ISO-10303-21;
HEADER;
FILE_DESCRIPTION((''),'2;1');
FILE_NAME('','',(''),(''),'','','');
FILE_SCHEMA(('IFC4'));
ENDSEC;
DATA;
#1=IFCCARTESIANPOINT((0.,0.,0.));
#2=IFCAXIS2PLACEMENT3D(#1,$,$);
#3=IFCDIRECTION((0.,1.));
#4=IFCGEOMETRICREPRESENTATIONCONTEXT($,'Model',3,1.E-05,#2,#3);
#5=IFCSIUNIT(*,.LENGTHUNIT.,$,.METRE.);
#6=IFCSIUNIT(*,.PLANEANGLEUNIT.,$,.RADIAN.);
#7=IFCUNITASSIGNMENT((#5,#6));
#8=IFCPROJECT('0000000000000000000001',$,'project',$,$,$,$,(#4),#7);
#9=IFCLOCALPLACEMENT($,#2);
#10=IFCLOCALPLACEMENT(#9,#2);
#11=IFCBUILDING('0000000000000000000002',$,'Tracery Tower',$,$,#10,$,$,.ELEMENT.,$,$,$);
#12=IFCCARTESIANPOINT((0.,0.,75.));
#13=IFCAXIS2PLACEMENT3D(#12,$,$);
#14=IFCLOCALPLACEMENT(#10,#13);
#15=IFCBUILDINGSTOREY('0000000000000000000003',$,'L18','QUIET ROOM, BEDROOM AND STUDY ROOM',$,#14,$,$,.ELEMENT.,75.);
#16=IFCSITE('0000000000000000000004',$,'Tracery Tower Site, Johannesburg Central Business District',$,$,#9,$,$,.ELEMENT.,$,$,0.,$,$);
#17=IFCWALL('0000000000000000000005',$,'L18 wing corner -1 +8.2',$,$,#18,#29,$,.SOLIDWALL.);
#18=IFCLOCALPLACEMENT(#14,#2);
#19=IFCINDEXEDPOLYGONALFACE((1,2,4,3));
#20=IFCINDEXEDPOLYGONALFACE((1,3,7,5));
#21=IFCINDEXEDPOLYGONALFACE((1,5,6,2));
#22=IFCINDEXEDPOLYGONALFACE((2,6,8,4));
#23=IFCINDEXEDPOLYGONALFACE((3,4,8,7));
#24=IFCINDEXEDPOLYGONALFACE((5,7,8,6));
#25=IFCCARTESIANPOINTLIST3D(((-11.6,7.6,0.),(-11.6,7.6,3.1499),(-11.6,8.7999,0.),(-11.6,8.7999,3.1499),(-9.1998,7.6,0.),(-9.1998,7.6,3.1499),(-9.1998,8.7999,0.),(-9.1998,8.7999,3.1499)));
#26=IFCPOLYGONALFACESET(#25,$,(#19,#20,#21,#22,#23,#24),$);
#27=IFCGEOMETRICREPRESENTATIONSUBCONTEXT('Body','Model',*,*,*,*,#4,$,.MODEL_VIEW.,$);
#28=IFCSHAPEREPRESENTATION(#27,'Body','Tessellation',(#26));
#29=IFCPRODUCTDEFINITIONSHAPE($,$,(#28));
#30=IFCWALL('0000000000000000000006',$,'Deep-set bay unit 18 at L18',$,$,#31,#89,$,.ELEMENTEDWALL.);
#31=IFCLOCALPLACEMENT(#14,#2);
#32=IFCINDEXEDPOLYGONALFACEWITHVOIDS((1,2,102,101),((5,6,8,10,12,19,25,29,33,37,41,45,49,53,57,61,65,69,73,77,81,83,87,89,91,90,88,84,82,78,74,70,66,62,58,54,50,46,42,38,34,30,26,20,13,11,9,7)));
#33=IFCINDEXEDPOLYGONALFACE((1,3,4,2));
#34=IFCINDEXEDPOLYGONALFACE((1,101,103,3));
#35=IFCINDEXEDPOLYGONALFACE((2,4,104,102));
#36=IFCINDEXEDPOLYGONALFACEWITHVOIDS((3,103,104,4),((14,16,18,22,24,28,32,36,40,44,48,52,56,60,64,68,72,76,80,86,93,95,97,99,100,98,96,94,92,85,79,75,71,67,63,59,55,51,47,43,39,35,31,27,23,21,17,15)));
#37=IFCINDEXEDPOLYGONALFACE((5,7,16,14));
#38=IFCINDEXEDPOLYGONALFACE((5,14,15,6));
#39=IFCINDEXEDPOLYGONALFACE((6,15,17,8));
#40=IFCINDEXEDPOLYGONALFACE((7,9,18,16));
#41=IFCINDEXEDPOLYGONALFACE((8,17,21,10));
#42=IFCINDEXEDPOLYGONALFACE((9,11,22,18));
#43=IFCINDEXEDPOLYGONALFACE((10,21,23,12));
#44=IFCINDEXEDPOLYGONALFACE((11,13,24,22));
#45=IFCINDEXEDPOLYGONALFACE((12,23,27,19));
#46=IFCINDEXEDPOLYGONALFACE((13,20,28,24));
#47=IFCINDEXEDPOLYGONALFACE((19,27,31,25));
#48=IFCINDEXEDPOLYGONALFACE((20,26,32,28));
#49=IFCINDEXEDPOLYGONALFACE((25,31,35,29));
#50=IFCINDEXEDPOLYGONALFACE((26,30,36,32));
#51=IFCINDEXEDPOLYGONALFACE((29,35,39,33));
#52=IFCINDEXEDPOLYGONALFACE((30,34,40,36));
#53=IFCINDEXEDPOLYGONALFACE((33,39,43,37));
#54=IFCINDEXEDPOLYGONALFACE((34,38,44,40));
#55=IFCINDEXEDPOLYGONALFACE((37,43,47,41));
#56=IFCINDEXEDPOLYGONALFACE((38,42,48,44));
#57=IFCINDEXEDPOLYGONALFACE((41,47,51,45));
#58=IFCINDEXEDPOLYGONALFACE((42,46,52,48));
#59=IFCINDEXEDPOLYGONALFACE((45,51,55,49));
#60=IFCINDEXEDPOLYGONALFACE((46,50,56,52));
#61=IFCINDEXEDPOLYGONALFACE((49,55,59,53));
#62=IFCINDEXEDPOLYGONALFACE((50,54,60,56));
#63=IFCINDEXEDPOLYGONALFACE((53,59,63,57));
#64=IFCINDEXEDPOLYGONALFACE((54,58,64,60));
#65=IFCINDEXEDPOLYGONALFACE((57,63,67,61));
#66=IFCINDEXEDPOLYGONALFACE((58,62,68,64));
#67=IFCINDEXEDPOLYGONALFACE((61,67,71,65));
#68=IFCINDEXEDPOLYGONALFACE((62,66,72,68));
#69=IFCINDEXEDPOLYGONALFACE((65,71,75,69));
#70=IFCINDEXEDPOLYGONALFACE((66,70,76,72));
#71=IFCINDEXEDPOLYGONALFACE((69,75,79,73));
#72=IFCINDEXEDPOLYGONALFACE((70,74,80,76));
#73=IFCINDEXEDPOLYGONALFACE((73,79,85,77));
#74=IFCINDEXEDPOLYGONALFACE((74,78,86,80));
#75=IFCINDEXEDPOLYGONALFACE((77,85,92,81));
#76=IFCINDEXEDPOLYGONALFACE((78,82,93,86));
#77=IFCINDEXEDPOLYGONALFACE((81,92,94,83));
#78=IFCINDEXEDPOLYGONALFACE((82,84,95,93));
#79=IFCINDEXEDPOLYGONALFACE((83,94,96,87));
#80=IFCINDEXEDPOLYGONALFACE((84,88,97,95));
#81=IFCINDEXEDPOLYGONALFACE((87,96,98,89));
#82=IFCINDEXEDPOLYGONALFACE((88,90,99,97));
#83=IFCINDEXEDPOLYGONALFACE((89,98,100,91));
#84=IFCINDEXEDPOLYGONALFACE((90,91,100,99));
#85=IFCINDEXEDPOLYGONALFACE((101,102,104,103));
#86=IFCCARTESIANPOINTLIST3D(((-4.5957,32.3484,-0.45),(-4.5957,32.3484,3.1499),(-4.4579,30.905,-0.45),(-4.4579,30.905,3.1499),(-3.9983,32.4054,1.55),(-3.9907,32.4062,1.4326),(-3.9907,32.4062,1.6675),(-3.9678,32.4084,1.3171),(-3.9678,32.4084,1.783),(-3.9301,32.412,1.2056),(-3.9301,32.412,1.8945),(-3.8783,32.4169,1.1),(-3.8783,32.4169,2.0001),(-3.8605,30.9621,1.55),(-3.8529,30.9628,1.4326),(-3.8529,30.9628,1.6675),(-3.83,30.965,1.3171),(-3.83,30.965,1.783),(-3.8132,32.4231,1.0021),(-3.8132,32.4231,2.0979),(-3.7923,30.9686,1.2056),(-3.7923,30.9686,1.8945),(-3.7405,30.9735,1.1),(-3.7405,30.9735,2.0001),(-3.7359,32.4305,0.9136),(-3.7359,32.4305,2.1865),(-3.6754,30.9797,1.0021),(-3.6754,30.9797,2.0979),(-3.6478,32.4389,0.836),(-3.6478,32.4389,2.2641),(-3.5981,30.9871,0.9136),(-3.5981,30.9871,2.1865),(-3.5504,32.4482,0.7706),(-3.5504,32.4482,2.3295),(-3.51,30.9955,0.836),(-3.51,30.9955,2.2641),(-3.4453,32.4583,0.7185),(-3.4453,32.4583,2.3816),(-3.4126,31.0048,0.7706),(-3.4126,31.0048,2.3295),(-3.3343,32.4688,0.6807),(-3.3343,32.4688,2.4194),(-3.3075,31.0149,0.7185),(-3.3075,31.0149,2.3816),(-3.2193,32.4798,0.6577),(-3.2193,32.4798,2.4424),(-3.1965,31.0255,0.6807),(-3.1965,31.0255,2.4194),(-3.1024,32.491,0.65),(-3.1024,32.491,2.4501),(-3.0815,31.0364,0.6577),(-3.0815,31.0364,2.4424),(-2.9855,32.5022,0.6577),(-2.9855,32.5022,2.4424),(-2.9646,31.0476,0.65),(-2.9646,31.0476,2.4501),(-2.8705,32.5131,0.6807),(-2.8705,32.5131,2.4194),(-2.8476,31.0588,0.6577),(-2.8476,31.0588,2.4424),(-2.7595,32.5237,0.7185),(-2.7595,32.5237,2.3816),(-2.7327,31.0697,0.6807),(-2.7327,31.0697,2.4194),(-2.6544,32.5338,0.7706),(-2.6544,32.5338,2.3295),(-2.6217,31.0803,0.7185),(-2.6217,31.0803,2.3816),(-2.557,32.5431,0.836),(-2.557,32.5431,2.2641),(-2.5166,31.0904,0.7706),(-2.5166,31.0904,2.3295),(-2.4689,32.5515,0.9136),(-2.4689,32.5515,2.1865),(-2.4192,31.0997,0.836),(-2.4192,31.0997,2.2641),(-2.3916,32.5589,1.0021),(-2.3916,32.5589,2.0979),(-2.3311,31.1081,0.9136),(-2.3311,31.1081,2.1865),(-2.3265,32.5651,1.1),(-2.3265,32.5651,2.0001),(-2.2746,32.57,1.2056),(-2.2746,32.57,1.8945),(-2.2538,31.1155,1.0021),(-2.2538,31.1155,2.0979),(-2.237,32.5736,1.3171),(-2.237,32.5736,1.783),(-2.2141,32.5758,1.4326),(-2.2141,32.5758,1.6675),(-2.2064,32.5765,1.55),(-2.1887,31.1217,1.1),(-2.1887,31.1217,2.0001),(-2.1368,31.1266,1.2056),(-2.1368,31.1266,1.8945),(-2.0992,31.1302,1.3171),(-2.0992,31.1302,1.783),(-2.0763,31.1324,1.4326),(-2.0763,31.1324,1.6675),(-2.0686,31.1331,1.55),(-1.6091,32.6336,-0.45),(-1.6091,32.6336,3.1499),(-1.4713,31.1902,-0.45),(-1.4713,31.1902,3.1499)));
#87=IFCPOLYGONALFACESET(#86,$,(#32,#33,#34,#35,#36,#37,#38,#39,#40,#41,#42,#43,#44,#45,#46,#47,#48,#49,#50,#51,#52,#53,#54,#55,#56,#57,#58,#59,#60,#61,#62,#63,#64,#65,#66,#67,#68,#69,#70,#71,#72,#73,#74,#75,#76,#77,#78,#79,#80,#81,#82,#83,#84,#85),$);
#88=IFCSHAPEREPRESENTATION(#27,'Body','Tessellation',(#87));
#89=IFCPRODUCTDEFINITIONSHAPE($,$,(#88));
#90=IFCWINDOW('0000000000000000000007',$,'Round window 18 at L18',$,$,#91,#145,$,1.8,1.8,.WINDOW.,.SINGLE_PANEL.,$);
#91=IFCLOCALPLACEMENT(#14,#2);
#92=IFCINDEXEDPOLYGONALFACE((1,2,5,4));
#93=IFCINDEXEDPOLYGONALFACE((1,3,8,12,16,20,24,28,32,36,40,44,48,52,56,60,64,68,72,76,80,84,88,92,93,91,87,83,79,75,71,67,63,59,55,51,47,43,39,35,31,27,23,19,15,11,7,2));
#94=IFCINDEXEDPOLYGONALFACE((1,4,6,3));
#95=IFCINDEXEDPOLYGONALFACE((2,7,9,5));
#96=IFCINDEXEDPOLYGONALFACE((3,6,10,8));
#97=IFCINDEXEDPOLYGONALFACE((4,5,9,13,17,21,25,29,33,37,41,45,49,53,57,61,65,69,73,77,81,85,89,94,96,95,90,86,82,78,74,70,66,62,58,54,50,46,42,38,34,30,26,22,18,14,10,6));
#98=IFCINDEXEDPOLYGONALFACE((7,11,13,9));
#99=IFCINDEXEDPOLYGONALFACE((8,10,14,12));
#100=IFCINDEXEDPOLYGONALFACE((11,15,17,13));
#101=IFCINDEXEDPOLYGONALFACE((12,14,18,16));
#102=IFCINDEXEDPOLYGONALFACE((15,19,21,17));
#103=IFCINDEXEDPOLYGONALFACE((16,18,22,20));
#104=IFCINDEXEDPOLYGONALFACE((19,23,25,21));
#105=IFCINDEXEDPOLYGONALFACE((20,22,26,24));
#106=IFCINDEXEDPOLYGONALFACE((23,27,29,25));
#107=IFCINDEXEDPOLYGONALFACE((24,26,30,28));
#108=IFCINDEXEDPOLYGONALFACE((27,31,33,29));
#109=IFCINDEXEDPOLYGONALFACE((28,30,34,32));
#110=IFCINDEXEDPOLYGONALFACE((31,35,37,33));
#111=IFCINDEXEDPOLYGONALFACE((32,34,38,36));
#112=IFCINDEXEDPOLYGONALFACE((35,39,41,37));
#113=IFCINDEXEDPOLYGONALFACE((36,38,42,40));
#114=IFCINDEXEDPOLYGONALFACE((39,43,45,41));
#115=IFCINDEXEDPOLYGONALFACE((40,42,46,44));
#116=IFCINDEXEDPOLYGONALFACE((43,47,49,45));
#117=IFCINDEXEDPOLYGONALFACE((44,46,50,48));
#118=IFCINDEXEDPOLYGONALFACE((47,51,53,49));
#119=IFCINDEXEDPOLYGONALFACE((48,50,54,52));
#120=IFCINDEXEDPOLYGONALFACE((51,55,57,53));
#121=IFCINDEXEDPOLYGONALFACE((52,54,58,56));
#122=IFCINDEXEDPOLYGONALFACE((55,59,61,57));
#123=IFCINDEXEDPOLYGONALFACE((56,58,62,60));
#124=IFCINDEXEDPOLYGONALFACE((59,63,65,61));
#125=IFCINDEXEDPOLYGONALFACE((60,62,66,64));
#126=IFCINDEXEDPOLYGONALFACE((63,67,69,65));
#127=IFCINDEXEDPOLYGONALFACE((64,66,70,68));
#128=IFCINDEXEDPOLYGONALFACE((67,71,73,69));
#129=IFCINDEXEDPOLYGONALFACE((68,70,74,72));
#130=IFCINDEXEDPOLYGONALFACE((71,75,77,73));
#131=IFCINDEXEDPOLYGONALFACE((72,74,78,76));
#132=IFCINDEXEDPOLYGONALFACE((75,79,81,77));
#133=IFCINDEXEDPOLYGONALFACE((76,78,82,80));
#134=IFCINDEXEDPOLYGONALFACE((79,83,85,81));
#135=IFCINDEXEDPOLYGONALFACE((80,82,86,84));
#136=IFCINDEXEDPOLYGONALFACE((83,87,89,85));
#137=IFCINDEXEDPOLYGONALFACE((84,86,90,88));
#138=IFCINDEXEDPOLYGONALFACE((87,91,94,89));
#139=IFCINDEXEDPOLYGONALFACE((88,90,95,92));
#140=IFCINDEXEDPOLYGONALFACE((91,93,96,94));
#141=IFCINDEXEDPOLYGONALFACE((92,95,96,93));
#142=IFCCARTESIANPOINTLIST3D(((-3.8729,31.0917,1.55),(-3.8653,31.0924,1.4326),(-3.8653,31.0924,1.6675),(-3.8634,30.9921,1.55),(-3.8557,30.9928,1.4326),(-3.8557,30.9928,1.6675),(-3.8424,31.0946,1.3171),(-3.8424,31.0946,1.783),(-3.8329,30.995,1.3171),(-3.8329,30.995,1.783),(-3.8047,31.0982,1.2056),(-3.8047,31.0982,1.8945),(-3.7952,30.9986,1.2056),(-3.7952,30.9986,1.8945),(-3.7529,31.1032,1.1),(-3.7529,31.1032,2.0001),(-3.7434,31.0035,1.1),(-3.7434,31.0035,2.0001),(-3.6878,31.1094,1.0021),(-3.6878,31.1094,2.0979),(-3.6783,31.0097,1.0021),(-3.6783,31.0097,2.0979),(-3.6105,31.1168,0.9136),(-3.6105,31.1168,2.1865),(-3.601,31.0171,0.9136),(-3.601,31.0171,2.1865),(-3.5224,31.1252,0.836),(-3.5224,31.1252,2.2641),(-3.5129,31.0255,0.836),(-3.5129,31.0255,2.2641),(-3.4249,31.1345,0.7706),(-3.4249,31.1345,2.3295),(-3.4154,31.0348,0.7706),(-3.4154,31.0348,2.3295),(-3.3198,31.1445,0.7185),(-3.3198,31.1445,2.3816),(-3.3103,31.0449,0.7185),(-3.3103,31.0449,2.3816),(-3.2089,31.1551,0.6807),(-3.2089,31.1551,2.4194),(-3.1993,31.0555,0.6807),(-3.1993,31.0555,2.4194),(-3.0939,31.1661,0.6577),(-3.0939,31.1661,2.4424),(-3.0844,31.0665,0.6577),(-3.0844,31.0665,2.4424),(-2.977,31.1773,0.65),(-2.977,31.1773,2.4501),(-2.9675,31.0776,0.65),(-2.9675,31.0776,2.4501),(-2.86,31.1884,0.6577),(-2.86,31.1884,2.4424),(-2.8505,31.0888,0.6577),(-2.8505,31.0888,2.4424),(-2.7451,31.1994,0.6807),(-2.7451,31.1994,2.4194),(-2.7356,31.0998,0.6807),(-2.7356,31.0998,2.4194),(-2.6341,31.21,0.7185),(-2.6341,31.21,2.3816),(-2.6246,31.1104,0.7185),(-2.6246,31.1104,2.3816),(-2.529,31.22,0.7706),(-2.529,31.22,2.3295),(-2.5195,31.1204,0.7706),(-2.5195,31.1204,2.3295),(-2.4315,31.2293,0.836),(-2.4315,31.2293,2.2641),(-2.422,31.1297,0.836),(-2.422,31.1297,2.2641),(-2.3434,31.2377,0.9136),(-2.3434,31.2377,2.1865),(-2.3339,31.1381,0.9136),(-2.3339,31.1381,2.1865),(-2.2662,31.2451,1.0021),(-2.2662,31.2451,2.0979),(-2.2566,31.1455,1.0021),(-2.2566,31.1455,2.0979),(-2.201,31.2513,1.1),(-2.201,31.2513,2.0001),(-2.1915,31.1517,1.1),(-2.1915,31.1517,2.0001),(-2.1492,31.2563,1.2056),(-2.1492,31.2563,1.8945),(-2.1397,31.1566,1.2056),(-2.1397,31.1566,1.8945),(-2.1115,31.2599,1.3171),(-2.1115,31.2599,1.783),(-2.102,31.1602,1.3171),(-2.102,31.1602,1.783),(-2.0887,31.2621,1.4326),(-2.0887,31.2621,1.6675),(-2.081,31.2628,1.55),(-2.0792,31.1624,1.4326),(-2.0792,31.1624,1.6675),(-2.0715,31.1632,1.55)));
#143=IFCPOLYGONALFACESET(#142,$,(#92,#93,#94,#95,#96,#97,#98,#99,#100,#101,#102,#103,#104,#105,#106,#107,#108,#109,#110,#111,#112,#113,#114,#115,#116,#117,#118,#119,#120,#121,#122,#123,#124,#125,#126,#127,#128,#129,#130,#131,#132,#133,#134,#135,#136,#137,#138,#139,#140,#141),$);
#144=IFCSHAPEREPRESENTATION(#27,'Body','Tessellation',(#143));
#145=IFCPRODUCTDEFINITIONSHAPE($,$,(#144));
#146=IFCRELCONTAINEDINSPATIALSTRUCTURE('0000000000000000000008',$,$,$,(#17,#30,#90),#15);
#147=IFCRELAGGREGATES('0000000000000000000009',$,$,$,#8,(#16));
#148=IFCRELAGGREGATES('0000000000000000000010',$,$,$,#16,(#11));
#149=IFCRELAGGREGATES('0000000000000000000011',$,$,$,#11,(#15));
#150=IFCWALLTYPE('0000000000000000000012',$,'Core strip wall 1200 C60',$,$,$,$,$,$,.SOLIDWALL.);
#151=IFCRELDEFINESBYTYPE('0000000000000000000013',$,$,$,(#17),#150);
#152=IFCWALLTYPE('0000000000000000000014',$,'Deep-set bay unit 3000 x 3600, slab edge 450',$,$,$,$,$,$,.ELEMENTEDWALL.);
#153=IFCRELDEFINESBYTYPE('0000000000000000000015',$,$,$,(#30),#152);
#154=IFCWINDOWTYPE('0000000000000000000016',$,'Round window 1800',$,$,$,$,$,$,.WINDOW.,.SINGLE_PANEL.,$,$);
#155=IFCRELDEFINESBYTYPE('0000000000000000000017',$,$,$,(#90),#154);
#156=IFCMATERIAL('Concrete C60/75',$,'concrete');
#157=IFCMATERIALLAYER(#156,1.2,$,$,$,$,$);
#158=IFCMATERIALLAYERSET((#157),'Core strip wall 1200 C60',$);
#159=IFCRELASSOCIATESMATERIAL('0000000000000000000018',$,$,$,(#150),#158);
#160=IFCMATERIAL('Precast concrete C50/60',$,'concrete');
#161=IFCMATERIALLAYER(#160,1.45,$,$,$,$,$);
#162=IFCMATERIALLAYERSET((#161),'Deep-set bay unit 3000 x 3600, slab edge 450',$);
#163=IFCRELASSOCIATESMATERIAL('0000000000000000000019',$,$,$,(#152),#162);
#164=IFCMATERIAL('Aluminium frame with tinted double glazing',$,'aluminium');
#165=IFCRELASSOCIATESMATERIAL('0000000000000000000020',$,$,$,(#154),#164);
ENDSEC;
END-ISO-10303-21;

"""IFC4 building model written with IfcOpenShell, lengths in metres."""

from ifc_helpers import new_model, si_unit, direction, frame, frame_2d, origin, origin_2d, place, context, subcontext, project, spatial, rectangle, circle, extrude, material, layer, layer_set, type_object, element, fill, save


model = new_model("IFC4")

# Units and contexts
model_context = context("Model", 3, precision=1e-05, world=origin(), true_north=direction((0.0, 1.0)))
body_context = subcontext(model_context, "Body", "Model", "MODEL_VIEW")
ifc_project = project(units=[si_unit("LENGTHUNIT", "METRE"), si_unit("PLANEANGLEUNIT", "RADIAN")], contexts=[model_context])

# Site, building, storey
site_placement = place(None, origin())
site = spatial("IfcSite", under=ifc_project, at=site_placement, Name="Tracery Tower Site, Johannesburg Central Business District", CompositionType="ELEMENT", RefElevation=0.0)
building_placement = place(site_placement, origin())
building = spatial("IfcBuilding", under=site, at=building_placement, Name="Tracery Tower", CompositionType="ELEMENT")
storey_placement = place(building_placement, frame((0.0, 0.0, 75.0)))
storey = spatial("IfcBuildingStorey", under=building, at=storey_placement, Name="L18", Description="QUIET ROOM, BEDROOM AND STUDY ROOM", CompositionType="ELEMENT", Elevation=75.0)

# Wall
ifc_material_1 = material(Name="Concrete C60/75", Category="concrete")
ifc_layer_1 = layer(ifc_material_1, 1.2)
ifc_layer_set_1 = layer_set([ifc_layer_1], Name="Core strip wall 1200 C60")
wall_type_1 = type_object("IfcWallType", Name="Core strip wall 1200 C60", PredefinedType="SOLIDWALL", material=ifc_layer_set_1)
wall_1_placement = place(storey_placement, frame((-11.6001, 8.2, 0.0), z_axis=(0.0, 0.0, 1.0), x_axis=(1.0, 0.0, 0.0)))
element("IfcWall", 1, at=wall_1_placement, inside=storey, type_object=wall_type_1, Name="L18 wing corner -1 +8.2", PredefinedType="SOLIDWALL", context=body_context, shape_type="SweptSolid", body=[
    extrude(rectangle(XDim=2.4001, YDim=1.2, at=frame_2d((1.2002, 0.0))), origin(), (0.0, 0.0, 1.0), 3.1499),
])

# Wall, opening, window
ifc_material_2 = material(Name="Precast concrete C50/60", Category="concrete")
ifc_layer_2 = layer(ifc_material_2, 1.45)
ifc_layer_set_2 = layer_set([ifc_layer_2], Name="Deep-set bay unit 3000 x 3600, slab edge 450")
wall_type_2 = type_object("IfcWallType", Name="Deep-set bay unit 3000 x 3600, slab edge 450", PredefinedType="ELEMENTEDWALL", material=ifc_layer_set_2)
wall_2_placement = place(storey_placement, frame((-1.5403, 31.9119, -0.45), z_axis=(0.0, 0.0, 1.0), x_axis=(-0.995473, -0.095047, 0.0)))
wall_2 = element("IfcWall", 2, at=wall_2_placement, inside=storey, type_object=wall_type_2, Name="Deep-set bay unit 18 at L18", PredefinedType="ELEMENTEDWALL", context=body_context, shape_type="SweptSolid", body=[
    extrude(rectangle(XDim=3.0002, YDim=1.45, at=frame_2d((1.5, 0.0))), origin(), (0.0, 0.0, 1.0), 3.5999),
])
opening_1_placement = place(wall_2_placement, frame((1.5, 0.0, 2.0)))
opening_1 = element("IfcOpeningElement", 3, at=opening_1_placement, cuts=wall_2, PredefinedType="OPENING", context=body_context, shape_type="SweptSolid", body=[
    extrude(circle(Radius=0.9, at=origin_2d()), frame((0.0, 0.7349, 0.0), z_axis=(0.0, -1.0, 0.0), x_axis=(1.0, 0.0, 0.0)), (0.0, 0.0, 1.0), 1.47),
])
ifc_material_3 = material(Name="Aluminium frame with tinted double glazing", Category="aluminium")
window_type = type_object("IfcWindowType", Name="Round window 1800", PartitioningType="SINGLE_PANEL", PredefinedType="WINDOW", material=ifc_material_3)
window_1_placement = place(opening_1_placement, origin())
window_1 = element("IfcWindow", 4, at=window_1_placement, inside=storey, type_object=window_type, Name="Round window 18 at L18", OverallHeight=1.8, OverallWidth=1.8, PartitioningType="SINGLE_PANEL", PredefinedType="WINDOW", context=body_context, shape_type="SweptSolid", body=[
    extrude(circle(Radius=0.9, at=origin_2d()), frame((0.0, 0.6948, 0.0), z_axis=(0.0, -1.0, 0.0), x_axis=(1.0, 0.0, 0.0)), (0.0, 0.0, 1.0), 0.1001),
])
fill(opening_1, window_1)

save(model, "model.ifc")
